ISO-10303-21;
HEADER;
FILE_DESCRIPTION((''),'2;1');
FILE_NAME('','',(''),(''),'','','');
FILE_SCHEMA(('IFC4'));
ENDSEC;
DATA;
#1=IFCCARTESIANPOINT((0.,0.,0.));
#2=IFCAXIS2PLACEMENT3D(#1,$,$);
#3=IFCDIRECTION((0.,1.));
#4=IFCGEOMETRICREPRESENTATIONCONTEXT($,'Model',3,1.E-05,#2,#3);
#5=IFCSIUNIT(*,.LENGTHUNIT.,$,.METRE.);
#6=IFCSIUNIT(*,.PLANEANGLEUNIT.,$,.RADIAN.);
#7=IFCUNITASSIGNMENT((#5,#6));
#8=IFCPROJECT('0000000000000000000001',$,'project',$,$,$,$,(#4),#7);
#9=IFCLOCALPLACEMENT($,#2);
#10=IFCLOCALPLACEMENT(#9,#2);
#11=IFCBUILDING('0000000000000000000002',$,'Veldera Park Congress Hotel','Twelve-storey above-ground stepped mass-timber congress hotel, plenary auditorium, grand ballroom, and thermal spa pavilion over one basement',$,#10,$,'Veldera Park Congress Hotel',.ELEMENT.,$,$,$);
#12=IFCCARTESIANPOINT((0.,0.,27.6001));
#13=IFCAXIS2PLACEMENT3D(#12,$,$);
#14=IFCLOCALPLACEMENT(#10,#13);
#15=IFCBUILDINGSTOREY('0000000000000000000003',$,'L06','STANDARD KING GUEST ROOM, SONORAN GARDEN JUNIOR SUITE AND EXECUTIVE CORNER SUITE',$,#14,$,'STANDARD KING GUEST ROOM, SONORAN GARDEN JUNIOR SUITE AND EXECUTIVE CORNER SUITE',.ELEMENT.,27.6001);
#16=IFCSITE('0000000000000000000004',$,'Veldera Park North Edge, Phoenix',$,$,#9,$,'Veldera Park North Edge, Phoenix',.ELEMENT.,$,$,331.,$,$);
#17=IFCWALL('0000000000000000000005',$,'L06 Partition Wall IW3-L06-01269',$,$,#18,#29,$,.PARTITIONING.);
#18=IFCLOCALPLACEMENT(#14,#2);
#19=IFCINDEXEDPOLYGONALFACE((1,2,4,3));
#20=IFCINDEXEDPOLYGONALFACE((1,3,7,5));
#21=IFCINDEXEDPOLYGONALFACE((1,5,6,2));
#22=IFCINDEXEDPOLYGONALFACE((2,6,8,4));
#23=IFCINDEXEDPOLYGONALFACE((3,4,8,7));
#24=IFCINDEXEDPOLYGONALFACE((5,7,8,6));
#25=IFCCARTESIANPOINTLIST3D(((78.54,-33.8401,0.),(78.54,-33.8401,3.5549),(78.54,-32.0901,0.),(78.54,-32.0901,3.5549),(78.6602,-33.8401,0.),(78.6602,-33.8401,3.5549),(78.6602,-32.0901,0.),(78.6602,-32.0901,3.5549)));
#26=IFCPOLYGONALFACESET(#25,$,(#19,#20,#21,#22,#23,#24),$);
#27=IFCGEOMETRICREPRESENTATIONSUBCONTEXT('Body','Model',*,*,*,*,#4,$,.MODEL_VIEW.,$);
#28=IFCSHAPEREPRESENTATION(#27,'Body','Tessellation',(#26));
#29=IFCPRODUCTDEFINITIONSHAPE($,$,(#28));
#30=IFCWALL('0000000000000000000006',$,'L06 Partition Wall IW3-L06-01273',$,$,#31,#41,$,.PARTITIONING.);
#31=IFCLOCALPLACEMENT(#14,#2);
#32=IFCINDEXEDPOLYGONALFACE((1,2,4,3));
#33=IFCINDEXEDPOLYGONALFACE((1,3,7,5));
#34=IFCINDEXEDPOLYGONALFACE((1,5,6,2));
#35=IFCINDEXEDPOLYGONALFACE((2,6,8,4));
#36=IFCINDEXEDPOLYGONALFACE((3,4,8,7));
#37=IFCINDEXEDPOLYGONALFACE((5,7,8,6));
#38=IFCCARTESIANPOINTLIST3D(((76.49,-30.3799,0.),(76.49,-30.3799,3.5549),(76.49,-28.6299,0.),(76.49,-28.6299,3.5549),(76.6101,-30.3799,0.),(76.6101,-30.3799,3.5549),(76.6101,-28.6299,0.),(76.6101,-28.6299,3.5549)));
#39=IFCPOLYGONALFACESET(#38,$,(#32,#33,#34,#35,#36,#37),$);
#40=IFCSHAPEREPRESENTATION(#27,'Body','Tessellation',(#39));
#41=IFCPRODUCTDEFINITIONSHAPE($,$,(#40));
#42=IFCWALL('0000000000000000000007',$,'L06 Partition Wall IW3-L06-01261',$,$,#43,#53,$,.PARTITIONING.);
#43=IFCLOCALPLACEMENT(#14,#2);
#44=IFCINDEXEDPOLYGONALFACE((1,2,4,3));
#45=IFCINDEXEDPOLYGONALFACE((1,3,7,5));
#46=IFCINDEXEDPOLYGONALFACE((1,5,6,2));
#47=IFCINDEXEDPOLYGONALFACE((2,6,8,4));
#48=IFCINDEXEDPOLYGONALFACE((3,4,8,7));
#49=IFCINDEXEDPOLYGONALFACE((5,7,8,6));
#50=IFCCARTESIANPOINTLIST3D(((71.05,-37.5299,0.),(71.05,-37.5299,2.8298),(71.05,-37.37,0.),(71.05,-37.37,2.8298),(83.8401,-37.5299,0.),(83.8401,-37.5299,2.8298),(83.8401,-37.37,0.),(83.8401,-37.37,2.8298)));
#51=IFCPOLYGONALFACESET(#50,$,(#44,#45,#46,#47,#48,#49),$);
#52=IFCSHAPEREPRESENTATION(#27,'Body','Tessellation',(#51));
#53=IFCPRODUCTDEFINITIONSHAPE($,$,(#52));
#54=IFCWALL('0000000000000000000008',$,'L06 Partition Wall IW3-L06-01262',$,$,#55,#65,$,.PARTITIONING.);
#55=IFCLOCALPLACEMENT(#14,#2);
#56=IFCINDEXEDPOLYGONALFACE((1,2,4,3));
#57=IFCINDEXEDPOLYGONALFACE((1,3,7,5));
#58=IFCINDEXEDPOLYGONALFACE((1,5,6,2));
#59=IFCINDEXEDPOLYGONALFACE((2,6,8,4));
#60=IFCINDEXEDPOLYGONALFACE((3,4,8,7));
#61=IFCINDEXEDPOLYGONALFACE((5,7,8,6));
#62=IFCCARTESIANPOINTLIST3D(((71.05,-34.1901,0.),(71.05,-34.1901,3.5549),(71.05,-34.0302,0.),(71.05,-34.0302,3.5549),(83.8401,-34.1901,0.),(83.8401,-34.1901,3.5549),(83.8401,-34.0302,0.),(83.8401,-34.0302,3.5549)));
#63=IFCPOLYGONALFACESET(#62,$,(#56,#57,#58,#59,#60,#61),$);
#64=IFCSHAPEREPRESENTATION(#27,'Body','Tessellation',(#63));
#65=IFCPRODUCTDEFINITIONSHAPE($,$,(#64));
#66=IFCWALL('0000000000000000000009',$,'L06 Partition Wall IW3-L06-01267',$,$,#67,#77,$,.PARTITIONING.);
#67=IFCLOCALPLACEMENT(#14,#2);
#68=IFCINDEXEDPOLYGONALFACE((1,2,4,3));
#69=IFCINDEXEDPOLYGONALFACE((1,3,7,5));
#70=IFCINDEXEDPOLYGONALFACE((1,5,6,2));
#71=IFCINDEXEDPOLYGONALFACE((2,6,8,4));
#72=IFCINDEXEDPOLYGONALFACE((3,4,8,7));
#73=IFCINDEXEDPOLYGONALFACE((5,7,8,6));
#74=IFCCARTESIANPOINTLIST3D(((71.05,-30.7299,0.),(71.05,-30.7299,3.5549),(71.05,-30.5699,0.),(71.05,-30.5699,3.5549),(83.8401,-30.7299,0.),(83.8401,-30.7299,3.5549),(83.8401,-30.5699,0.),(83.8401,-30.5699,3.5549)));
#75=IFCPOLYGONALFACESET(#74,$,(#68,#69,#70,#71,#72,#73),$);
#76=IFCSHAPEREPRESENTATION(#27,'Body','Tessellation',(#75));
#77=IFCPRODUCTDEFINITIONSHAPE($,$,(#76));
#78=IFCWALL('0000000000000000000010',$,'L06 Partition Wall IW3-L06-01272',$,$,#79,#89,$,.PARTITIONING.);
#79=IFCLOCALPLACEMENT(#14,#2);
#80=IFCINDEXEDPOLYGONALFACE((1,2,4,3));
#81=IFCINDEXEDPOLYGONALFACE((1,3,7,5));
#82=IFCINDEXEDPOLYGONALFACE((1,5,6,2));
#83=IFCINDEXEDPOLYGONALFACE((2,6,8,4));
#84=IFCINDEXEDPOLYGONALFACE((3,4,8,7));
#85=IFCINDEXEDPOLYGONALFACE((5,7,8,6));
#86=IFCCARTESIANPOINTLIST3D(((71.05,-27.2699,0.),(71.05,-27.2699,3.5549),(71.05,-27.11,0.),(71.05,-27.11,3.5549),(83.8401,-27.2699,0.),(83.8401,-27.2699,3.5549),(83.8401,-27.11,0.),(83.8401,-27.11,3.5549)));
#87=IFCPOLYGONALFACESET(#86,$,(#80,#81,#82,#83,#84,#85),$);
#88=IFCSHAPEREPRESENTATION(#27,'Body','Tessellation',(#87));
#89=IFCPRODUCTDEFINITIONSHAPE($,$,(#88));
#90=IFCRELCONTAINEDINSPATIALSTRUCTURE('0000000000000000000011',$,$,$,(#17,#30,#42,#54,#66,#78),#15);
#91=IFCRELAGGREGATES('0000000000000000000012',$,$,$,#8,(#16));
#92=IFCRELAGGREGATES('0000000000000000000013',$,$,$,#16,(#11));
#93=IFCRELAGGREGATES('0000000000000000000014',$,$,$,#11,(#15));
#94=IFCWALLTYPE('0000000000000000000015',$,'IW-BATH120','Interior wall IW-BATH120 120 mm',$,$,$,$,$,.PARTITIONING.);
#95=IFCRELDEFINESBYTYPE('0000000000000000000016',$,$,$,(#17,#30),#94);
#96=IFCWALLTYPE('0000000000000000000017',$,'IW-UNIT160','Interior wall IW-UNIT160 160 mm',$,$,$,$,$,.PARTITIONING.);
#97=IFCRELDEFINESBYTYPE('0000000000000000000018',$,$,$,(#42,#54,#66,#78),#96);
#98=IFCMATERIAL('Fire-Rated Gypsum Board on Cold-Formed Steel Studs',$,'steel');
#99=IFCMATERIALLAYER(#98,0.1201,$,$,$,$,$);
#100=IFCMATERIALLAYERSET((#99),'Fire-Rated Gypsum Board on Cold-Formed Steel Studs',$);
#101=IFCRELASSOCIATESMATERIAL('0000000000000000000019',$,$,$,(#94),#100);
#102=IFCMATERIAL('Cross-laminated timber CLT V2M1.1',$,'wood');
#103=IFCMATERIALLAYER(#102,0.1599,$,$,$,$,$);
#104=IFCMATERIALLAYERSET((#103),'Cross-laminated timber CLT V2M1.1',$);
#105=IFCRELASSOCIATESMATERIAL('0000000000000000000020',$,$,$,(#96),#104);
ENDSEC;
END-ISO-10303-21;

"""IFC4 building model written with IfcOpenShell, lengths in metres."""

from ifc_helpers import new_model, si_unit, direction, frame, frame_2d, origin, place, context, subcontext, project, spatial, rectangle, extrude, material, layer, layer_set, type_object, element, save


model = new_model("IFC4")

# Units and contexts
model_context = context("Model", 3, precision=1e-05, world=origin(), true_north=direction((0.0, 1.0)))
body_context = subcontext(model_context, "Body", "Model", "MODEL_VIEW")
ifc_project = project(units=[si_unit("LENGTHUNIT", "METRE"), si_unit("PLANEANGLEUNIT", "RADIAN")], contexts=[model_context])

# Site, building, storey
site_placement = place(None, origin())
site = spatial("IfcSite", under=ifc_project, at=site_placement, Name="Veldera Park North Edge, Phoenix", LongName="Veldera Park North Edge, Phoenix", CompositionType="ELEMENT", RefElevation=331.0)
building_placement = place(site_placement, origin())
building = spatial("IfcBuilding", under=site, at=building_placement, Name="Veldera Park Congress Hotel", Description="Twelve-storey above-ground stepped mass-timber congress hotel, plenary auditorium, grand ballroom, and thermal spa pavilion over one basement", LongName="Veldera Park Congress Hotel", CompositionType="ELEMENT")
storey_placement = place(building_placement, frame((0.0, 0.0, 27.6001)))
storey = spatial("IfcBuildingStorey", under=building, at=storey_placement, Name="L06", Description="STANDARD KING GUEST ROOM, SONORAN GARDEN JUNIOR SUITE AND EXECUTIVE CORNER SUITE", LongName="STANDARD KING GUEST ROOM, SONORAN GARDEN JUNIOR SUITE AND EXECUTIVE CORNER SUITE", CompositionType="ELEMENT", Elevation=27.6001)

# Shared definitions
ifc_material_1 = material(Name="Cross-laminated timber CLT V2M1.1", Category="wood")

# Shared definitions
ifc_material_2 = material(Name="Fire-Rated Gypsum Board on Cold-Formed Steel Studs", Category="steel")
ifc_layer_1 = layer(ifc_material_2, 0.1201)
ifc_layer_set_1 = layer_set([ifc_layer_1], Name="Fire-Rated Gypsum Board on Cold-Formed Steel Studs")
wall_type_1 = type_object("IfcWallType", Name="IW-BATH120", Description="Interior wall IW-BATH120 120 mm", PredefinedType="PARTITIONING", material=ifc_layer_set_1)

# Wall
for number, where, z_axis, x_axis, name in (
    (1, (78.6001, -33.8401, 0.0), (0.0, 0.0, 1.0), (0.0, 1.0, 0.0), "L06 Partition Wall IW3-L06-01269"),
):
    element("IfcWall", number, at=place(storey_placement, frame(where, z_axis=z_axis, x_axis=x_axis)), inside=storey, type_object=wall_type_1, Name=name, PredefinedType="PARTITIONING", context=body_context, shape_type="SweptSolid", body=[
        extrude(rectangle(XDim=1.75, YDim=0.1201, at=frame_2d((0.875, 0.0))), origin(), (0.0, 0.0, 1.0), 3.5549),
    ])

# Wall
wall_1_placement = place(storey_placement, frame((76.55, -30.3799, 0.0), z_axis=(0.0, 0.0, 1.0), x_axis=(0.0, 1.0, 0.0)))
element("IfcWall", 2, at=wall_1_placement, inside=storey, type_object=wall_type_1, Name="L06 Partition Wall IW3-L06-01273", PredefinedType="PARTITIONING", context=body_context, shape_type="SweptSolid", body=[
    extrude(rectangle(XDim=1.75, YDim=0.1201, at=frame_2d((0.875, 0.0))), origin(), (0.0, 0.0, 1.0), 3.5549),
])

# Walls
ifc_layer_2 = layer(ifc_material_1, 0.1599)
ifc_layer_set_2 = layer_set([ifc_layer_2], Name="Cross-laminated timber CLT V2M1.1")
wall_type_2 = type_object("IfcWallType", Name="IW-UNIT160", Description="Interior wall IW-UNIT160 160 mm", PredefinedType="PARTITIONING", material=ifc_layer_set_2)
wall_2_placement = place(storey_placement, frame((71.05, -37.45, 0.0), z_axis=(0.0, 0.0, 1.0), x_axis=(1.0, 0.0, 0.0)))
element("IfcWall", 3, at=wall_2_placement, inside=storey, type_object=wall_type_2, Name="L06 Partition Wall IW3-L06-01261", PredefinedType="PARTITIONING", context=body_context, shape_type="SweptSolid", body=[
    extrude(rectangle(XDim=12.79, YDim=0.1599, at=frame_2d((6.395, 0.0))), origin(), (0.0, 0.0, 1.0), 2.8298),
])
for number, where, z_axis, x_axis, name in (
    (4, (71.05, -34.1101, 0.0), (0.0, 0.0, 1.0), (1.0, 0.0, 0.0), "L06 Partition Wall IW3-L06-01262"),
    (5, (71.05, -30.6499, 0.0), (0.0, 0.0, 1.0), (1.0, 0.0, 0.0), "L06 Partition Wall IW3-L06-01267"),
    (6, (71.05, -27.1899, 0.0), (0.0, 0.0, 1.0), (1.0, 0.0, 0.0), "L06 Partition Wall IW3-L06-01272"),
):
    element("IfcWall", number, at=place(storey_placement, frame(where, z_axis=z_axis, x_axis=x_axis)), inside=storey, type_object=wall_type_2, Name=name, PredefinedType="PARTITIONING", context=body_context, shape_type="SweptSolid", body=[
        extrude(rectangle(XDim=12.79, YDim=0.1599, at=frame_2d((6.395, 0.0))), origin(), (0.0, 0.0, 1.0), 3.5549),
    ])

save(model, "model.ifc")
